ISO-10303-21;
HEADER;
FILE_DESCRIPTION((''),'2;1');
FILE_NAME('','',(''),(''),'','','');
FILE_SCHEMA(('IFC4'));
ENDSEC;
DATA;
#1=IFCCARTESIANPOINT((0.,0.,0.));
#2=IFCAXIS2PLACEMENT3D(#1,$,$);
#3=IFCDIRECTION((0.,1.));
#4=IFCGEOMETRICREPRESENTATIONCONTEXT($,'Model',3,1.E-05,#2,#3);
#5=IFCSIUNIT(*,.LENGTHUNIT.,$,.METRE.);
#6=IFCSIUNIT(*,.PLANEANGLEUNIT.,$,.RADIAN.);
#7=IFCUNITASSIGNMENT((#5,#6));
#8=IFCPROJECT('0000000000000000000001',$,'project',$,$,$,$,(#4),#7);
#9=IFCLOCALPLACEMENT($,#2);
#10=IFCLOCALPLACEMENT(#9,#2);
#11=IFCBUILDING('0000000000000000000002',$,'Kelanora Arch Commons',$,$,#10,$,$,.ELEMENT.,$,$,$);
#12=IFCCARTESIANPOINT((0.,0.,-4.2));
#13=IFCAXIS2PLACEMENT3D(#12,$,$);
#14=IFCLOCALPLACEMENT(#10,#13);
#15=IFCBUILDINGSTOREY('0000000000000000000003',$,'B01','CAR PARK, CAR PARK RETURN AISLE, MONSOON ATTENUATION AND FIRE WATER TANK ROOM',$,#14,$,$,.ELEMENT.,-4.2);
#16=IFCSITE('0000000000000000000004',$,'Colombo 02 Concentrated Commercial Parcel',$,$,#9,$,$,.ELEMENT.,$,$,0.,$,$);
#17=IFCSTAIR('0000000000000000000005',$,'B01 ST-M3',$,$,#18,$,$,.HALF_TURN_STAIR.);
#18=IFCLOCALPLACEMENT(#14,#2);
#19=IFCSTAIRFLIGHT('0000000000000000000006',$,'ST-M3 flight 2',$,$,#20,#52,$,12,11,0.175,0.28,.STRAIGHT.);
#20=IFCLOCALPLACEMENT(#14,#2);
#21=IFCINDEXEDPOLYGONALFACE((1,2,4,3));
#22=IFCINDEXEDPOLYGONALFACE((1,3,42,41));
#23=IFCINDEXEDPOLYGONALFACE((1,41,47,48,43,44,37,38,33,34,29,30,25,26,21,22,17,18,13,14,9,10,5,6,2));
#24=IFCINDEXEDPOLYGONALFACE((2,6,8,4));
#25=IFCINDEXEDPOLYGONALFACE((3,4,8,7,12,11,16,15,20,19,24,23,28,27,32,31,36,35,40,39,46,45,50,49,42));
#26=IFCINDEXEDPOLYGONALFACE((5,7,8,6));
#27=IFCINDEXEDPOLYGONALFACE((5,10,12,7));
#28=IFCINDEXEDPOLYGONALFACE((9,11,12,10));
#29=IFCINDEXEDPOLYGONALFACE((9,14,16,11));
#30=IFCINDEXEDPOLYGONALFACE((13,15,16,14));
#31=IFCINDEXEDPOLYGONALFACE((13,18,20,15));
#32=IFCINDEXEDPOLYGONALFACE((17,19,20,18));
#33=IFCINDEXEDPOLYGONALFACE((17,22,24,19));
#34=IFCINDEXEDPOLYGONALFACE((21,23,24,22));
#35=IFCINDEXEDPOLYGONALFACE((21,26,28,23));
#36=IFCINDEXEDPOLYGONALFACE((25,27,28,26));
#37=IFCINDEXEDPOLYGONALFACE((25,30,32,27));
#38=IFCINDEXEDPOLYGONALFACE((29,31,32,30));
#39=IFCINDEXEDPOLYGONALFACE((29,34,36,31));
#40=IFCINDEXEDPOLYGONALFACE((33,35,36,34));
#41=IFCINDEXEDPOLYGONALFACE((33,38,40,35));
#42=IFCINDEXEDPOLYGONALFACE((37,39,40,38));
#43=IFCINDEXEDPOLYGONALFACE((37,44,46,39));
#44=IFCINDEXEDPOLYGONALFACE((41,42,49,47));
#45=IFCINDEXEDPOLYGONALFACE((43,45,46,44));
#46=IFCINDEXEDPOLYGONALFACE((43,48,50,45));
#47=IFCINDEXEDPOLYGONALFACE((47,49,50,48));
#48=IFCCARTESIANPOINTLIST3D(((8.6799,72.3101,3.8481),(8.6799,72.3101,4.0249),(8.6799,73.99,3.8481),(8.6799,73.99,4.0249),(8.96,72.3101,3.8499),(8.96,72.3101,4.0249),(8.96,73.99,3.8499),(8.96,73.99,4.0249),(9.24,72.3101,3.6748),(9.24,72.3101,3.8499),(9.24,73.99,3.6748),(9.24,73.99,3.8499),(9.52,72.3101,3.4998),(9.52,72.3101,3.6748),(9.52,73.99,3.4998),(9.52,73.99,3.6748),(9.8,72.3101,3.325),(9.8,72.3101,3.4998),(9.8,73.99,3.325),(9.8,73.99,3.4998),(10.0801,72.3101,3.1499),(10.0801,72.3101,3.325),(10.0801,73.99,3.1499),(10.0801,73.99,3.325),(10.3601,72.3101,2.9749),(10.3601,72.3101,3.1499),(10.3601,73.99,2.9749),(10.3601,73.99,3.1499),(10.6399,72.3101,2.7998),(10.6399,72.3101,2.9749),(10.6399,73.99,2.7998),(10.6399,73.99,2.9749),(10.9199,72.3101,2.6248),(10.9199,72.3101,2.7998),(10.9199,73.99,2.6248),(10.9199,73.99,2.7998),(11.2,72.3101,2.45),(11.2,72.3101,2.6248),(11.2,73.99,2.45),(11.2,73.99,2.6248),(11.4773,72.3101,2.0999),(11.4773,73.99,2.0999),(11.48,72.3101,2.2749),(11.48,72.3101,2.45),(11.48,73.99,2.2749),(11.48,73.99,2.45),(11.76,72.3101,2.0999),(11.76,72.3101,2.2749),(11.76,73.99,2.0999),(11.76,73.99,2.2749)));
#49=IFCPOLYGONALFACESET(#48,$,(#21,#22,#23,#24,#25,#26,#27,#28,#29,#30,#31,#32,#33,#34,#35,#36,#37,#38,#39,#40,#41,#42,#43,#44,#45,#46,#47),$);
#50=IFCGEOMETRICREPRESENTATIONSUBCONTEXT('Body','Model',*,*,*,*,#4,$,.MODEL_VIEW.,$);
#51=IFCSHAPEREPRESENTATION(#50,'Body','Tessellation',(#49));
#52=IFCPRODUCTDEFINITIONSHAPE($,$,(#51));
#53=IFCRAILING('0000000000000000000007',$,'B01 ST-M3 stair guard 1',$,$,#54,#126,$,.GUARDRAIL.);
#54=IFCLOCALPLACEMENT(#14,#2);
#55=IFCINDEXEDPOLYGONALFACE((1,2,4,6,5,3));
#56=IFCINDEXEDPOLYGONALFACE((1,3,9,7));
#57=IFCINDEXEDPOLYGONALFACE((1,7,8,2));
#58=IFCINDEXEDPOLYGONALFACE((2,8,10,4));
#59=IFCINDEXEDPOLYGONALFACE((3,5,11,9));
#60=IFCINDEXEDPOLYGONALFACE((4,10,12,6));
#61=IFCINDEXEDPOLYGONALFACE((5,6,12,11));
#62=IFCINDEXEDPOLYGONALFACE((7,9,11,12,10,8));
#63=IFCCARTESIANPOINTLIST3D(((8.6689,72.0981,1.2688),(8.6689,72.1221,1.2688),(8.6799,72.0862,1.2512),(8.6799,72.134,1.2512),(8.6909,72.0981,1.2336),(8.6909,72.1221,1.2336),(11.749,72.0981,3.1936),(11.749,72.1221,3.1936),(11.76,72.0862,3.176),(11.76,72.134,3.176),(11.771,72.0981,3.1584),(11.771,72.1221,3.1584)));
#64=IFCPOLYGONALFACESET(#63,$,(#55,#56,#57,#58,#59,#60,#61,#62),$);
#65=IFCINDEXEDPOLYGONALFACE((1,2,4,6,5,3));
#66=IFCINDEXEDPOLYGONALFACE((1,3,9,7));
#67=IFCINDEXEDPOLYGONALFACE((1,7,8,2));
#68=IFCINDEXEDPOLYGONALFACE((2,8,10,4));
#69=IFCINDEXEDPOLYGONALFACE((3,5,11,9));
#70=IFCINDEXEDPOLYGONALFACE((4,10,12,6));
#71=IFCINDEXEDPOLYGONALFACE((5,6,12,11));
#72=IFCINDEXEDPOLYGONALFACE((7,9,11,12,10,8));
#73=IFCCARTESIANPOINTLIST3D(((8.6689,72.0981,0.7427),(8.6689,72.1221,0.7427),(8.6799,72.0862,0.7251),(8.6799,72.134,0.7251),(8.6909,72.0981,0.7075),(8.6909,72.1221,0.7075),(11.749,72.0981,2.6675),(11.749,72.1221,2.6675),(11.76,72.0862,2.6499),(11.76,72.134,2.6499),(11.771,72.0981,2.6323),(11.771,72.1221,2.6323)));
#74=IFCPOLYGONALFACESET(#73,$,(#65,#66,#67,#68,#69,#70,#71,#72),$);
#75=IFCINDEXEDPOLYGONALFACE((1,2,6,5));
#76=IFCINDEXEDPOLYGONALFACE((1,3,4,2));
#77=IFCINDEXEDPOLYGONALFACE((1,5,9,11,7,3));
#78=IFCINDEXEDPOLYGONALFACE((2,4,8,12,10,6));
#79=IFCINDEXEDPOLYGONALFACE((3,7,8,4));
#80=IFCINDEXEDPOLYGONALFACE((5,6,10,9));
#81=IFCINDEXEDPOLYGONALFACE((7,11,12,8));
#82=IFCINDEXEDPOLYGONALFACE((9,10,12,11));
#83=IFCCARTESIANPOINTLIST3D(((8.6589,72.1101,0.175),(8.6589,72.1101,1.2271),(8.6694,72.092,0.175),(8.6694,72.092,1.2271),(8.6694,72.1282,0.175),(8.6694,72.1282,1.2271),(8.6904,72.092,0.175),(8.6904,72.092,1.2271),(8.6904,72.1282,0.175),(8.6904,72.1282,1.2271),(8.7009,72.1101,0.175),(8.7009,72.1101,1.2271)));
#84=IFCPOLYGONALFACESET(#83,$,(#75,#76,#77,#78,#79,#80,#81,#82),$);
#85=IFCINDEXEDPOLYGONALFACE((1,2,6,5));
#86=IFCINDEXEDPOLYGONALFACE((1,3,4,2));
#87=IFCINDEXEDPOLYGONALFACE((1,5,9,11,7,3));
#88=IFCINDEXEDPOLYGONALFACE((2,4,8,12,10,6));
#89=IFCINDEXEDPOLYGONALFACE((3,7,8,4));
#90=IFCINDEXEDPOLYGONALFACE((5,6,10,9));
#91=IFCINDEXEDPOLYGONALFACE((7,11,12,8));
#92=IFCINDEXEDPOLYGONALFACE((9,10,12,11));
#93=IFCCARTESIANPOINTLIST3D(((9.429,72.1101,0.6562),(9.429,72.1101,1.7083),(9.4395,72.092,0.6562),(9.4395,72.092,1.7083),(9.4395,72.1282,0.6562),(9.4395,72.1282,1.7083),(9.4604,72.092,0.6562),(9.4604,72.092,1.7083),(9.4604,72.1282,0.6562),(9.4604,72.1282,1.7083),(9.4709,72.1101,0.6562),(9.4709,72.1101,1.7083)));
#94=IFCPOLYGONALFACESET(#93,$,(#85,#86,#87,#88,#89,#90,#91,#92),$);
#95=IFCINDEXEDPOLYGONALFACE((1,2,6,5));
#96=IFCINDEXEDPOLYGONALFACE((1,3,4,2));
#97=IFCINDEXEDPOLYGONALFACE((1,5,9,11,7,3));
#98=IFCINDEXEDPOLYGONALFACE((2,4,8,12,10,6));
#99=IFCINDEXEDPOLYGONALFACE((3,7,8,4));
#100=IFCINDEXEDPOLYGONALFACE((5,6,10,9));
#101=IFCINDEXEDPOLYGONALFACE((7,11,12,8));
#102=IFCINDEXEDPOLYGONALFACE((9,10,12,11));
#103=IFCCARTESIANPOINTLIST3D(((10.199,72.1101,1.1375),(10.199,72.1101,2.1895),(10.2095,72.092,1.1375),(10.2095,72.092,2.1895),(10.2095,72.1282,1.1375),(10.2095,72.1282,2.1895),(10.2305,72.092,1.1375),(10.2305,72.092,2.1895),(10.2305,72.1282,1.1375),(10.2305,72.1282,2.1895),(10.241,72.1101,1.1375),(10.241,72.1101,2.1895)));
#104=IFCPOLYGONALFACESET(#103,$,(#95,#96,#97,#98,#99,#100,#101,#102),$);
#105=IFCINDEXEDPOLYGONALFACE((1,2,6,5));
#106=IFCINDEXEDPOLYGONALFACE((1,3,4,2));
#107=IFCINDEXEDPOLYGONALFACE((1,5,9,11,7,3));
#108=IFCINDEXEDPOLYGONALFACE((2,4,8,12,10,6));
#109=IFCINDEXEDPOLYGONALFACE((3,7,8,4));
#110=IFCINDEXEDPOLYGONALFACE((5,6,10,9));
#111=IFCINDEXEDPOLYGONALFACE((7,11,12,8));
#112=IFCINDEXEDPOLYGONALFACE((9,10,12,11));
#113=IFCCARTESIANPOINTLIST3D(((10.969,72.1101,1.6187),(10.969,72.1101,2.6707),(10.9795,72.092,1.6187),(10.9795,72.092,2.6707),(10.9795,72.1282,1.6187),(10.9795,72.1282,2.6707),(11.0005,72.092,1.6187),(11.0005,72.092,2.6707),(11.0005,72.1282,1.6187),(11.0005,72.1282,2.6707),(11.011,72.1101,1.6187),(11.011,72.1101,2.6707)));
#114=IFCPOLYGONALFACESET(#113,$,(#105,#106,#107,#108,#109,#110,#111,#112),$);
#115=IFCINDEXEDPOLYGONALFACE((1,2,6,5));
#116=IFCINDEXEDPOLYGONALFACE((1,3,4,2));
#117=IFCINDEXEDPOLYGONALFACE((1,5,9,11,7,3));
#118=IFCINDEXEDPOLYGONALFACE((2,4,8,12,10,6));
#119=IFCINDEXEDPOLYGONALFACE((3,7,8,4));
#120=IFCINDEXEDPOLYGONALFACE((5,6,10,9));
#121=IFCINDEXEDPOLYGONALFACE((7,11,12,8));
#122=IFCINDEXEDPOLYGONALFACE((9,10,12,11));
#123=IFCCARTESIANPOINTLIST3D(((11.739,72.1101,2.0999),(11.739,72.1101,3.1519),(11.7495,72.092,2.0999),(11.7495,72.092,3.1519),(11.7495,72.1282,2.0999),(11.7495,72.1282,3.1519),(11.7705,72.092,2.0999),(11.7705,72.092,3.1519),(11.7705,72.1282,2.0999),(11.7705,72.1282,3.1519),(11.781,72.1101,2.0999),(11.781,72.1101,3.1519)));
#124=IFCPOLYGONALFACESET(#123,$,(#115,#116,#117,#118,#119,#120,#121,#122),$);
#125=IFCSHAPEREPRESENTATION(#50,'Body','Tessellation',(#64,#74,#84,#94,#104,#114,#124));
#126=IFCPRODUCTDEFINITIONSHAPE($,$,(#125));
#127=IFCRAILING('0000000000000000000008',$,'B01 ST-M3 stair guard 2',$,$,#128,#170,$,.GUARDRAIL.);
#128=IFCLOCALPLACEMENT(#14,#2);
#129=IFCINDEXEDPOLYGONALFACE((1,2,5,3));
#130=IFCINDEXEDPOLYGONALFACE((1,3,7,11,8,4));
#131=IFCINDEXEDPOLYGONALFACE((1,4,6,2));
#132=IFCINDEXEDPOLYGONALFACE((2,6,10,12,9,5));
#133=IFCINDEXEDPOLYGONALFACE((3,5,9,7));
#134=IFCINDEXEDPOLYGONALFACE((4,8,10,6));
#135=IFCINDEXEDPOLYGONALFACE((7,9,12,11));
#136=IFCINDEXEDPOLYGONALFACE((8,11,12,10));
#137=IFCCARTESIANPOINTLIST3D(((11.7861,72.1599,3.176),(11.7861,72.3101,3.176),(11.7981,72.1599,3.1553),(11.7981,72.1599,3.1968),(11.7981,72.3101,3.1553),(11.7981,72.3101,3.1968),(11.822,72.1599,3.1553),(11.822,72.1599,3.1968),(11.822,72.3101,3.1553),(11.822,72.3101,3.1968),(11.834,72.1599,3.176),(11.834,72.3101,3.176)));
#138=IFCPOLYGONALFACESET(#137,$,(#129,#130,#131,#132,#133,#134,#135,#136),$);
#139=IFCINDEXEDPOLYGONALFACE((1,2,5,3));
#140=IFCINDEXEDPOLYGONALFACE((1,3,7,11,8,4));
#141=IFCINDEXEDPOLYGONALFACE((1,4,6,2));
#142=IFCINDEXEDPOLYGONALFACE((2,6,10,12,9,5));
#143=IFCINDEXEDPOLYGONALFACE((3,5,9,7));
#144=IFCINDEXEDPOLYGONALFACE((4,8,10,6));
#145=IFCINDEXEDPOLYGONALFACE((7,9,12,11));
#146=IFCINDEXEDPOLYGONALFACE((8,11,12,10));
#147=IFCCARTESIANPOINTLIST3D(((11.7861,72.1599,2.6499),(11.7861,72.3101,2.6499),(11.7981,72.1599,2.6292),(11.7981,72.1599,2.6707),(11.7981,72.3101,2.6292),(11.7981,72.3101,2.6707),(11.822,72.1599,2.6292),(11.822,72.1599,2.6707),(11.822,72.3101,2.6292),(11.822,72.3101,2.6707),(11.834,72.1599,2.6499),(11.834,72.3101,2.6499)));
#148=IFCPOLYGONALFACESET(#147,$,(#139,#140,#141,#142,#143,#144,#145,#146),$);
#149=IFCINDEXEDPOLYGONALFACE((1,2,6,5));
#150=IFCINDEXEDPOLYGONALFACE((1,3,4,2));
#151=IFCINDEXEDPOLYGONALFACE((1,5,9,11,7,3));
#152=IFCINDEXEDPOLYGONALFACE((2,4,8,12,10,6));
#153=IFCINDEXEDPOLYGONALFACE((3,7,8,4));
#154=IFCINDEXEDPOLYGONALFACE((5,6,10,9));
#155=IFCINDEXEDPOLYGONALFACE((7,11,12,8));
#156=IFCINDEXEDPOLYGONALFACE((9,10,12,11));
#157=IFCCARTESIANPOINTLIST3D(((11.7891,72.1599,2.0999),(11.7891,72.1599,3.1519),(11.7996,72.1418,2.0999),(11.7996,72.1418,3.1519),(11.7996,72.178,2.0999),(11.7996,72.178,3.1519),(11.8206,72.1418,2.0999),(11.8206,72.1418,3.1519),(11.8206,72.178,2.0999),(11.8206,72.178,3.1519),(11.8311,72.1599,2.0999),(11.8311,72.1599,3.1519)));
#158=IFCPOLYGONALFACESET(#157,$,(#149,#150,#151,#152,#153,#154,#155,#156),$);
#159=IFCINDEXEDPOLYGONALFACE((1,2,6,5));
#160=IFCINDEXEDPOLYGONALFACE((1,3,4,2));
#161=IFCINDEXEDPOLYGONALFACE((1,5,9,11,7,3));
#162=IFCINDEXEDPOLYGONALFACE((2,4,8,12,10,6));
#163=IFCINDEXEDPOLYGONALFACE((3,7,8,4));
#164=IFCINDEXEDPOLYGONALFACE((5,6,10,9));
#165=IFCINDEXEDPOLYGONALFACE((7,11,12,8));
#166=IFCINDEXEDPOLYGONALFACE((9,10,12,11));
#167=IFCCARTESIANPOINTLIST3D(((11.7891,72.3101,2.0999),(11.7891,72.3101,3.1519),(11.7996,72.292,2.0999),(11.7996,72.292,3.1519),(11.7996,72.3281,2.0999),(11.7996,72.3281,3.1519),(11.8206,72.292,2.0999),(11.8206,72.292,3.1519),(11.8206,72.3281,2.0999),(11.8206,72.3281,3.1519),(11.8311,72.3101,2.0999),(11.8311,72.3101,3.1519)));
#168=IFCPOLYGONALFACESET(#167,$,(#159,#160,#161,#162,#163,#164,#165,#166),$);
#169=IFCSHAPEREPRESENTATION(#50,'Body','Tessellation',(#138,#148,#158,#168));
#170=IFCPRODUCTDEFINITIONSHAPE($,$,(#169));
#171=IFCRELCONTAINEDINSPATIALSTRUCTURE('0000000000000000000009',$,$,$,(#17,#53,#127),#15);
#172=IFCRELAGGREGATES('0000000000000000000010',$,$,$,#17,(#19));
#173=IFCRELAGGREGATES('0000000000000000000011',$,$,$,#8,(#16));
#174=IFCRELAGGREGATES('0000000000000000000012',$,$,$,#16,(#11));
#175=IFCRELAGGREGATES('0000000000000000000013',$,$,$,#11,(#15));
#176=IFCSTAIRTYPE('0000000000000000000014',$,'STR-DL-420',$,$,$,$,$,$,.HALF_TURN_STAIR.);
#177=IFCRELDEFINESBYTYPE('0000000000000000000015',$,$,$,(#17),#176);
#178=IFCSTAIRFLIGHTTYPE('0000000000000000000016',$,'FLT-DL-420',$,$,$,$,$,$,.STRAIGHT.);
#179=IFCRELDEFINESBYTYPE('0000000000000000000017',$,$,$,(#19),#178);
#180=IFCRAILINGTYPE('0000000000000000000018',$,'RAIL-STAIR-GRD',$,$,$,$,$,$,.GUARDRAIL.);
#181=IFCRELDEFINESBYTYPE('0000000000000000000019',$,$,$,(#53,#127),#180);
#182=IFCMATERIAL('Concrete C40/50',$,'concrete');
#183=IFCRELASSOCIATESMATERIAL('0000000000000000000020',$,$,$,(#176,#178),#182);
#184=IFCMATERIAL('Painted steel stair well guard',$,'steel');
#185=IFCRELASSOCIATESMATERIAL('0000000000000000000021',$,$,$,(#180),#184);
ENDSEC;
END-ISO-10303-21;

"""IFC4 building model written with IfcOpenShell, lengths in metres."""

from ifc_helpers import new_model, si_unit, direction, frame, origin, place, context, subcontext, project, spatial, polyline, outline, extrude, material, type_object, element, aggregate, save


model = new_model("IFC4")

# Units and contexts
model_context = context("Model", 3, precision=1e-05, world=origin(), true_north=direction((0.0, 1.0)))
body_context = subcontext(model_context, "Body", "Model", "MODEL_VIEW")
ifc_project = project(units=[si_unit("LENGTHUNIT", "METRE"), si_unit("PLANEANGLEUNIT", "RADIAN")], contexts=[model_context])

# Site, building, storey
site_placement = place(None, origin())
site = spatial("IfcSite", under=ifc_project, at=site_placement, Name="Colombo 02 Concentrated Commercial Parcel", CompositionType="ELEMENT", RefElevation=0.0)
building_placement = place(site_placement, origin())
building = spatial("IfcBuilding", under=site, at=building_placement, Name="Kelanora Arch Commons", CompositionType="ELEMENT")
storey_placement = place(building_placement, frame((0.0, 0.0, -4.2)))
storey = spatial("IfcBuildingStorey", under=building, at=storey_placement, Name="B01", Description="CAR PARK, CAR PARK RETURN AISLE, MONSOON ATTENUATION AND FIRE WATER TANK ROOM", CompositionType="ELEMENT", Elevation=-4.2)

# Shared definitions
ifc_material_1 = material(Name="Concrete C40/50", Category="concrete")

# Stair, stair flight
stair_type = type_object("IfcStairType", Name="STR-DL-420", PredefinedType="HALF_TURN_STAIR", material=ifc_material_1)
stair_placement = place(storey_placement, origin())
stair = element("IfcStair", 1, at=stair_placement, inside=storey, type_object=stair_type, Name="B01 ST-M3", PredefinedType="HALF_TURN_STAIR")
stair_flight_type = type_object("IfcStairFlightType", Name="FLT-DL-420", PredefinedType="STRAIGHT", material=ifc_material_1)
stair_flight_1_placement = place(storey_placement, frame((11.76, 73.1499, 2.0999), z_axis=(0.0, 0.0, 1.0), x_axis=(-1.0, 0.0, 0.0)))
stair_flight_1 = element("IfcStairFlight", 2, at=stair_flight_1_placement, type_object=stair_flight_type, Name="ST-M3 flight 2", NumberOfRisers=12, NumberOfTreads=11, PredefinedType="STRAIGHT", RiserHeight=0.175, TreadLength=0.28, context=body_context, shape_type="SweptSolid", body=[
    extrude(outline(polyline([(0.0, 0.0), (0.0, 0.175), (0.28, 0.175), (0.28, 0.3501), (0.5601, 0.3501), (0.5601, 0.5249), (0.8401, 0.5249), (0.8401, 0.7), (1.1201, 0.7), (1.1201, 0.875), (1.3999, 0.875), (1.3999, 1.05), (1.6799, 1.05), (1.6799, 1.2251), (1.96, 1.2251), (1.96, 1.3999), (2.24, 1.3999), (2.24, 1.575), (2.52, 1.575), (2.52, 1.75), (2.8, 1.75), (2.8, 1.925), (3.0801, 1.925), (3.0801, 2.1001), (3.0801, 1.7483), (0.2827, 0.0), (0.0, 0.0)])), frame((0.0, 0.8398, 0.0), z_axis=(0.0, -1.0, 0.0), x_axis=(1.0, 0.0, 0.0)), (0.0, 0.0, 1.0), 1.6799),
])
aggregate(stair, [stair_flight_1])

# Railings
ifc_material_2 = material(Name="Painted steel stair well guard", Category="steel")
railing_type_1 = type_object("IfcRailingType", Name="RAIL-STAIR-GRD", PredefinedType="GUARDRAIL", material=ifc_material_2)
railing_1_placement = place(storey_placement, frame((8.6799, 72.1101, 0.175)))
element("IfcRailing", 3, at=railing_1_placement, inside=storey, type_object=railing_type_1, Name="B01 ST-M3 stair guard 1", PredefinedType="GUARDRAIL", context=body_context, shape_type="SweptSolid", body=[
    extrude(outline(polyline([(0.0239, 0.0), (0.012, 0.0208), (-0.012, 0.0208), (-0.0239, 0.0), (-0.012, -0.0208), (0.012, -0.0208), (0.0239, 0.0)])), frame((0.0, 0.0, 1.0762), z_axis=(0.848029, 0.0, 0.529951), x_axis=(0.0, 1.0, 0.0)), (0.0, 0.0, 1.0), 3.6321),
    extrude(outline(polyline([(0.0239, 0.0), (0.012, 0.0208), (-0.012, 0.0208), (-0.0239, 0.0), (-0.012, -0.0208), (0.012, -0.0208), (0.0239, 0.0)])), frame((0.0, 0.0, 0.55), z_axis=(0.848029, 0.0, 0.529951), x_axis=(0.0, 1.0, 0.0)), (0.0, 0.0, 1.0), 3.6321),
    extrude(outline(polyline([(0.021, 0.0), (0.0105, 0.0181), (-0.0105, 0.0181), (-0.021, 0.0), (-0.0105, -0.0181), (0.0105, -0.0181), (0.021, 0.0)])), origin(), (0.0, 0.0, 1.0), 1.052),
    extrude(outline(polyline([(0.021, 0.0), (0.0105, 0.0181), (-0.0105, 0.0181), (-0.021, 0.0), (-0.0105, -0.0181), (0.0105, -0.0181), (0.021, 0.0)])), frame((0.77, 0.0, 0.4812)), (0.0, 0.0, 1.0), 1.052),
    extrude(outline(polyline([(0.021, 0.0), (0.0105, 0.0181), (-0.0105, 0.0181), (-0.021, 0.0), (-0.0105, -0.0181), (0.0105, -0.0181), (0.021, 0.0)])), frame((1.54, 0.0, 0.9624)), (0.0, 0.0, 1.0), 1.052),
    extrude(outline(polyline([(0.021, 0.0), (0.0105, 0.0181), (-0.0105, 0.0181), (-0.021, 0.0), (-0.0105, -0.0181), (0.0105, -0.0181), (0.021, 0.0)])), frame((2.3101, 0.0, 1.4436)), (0.0, 0.0, 1.0), 1.052),
    extrude(outline(polyline([(0.021, 0.0), (0.0105, 0.0181), (-0.0105, 0.0181), (-0.021, 0.0), (-0.0105, -0.0181), (0.0105, -0.0181), (0.021, 0.0)])), frame((3.0801, 0.0, 1.9248)), (0.0, 0.0, 1.0), 1.052),
])
railing_2_placement = place(storey_placement, frame((11.8101, 72.1599, 2.0999)))
element("IfcRailing", 4, at=railing_2_placement, inside=storey, type_object=railing_type_1, Name="B01 ST-M3 stair guard 2", PredefinedType="GUARDRAIL", context=body_context, shape_type="SweptSolid", body=[
    extrude(outline(polyline([(0.0239, 0.0), (0.012, 0.0208), (-0.012, 0.0208), (-0.0239, 0.0), (-0.012, -0.0208), (0.012, -0.0208), (0.0239, 0.0)])), frame((0.0, 0.0, 1.0762), z_axis=(0.0, 1.0, 0.0), x_axis=(-1.0, 0.0, 0.0)), (0.0, 0.0, 1.0), 0.1501),
    extrude(outline(polyline([(0.0239, 0.0), (0.012, 0.0208), (-0.012, 0.0208), (-0.0239, 0.0), (-0.012, -0.0208), (0.012, -0.0208), (0.0239, 0.0)])), frame((0.0, 0.0, 0.55), z_axis=(0.0, 1.0, 0.0), x_axis=(-1.0, 0.0, 0.0)), (0.0, 0.0, 1.0), 0.1501),
    extrude(outline(polyline([(0.021, 0.0), (0.0105, 0.0181), (-0.0105, 0.0181), (-0.021, 0.0), (-0.0105, -0.0181), (0.0105, -0.0181), (0.021, 0.0)])), origin(), (0.0, 0.0, 1.0), 1.052),
    extrude(outline(polyline([(0.021, 0.0), (0.0105, 0.0181), (-0.0105, 0.0181), (-0.021, 0.0), (-0.0105, -0.0181), (0.0105, -0.0181), (0.021, 0.0)])), frame((0.0, 0.1501, 0.0)), (0.0, 0.0, 1.0), 1.052),
])

save(model, "model.ifc")
